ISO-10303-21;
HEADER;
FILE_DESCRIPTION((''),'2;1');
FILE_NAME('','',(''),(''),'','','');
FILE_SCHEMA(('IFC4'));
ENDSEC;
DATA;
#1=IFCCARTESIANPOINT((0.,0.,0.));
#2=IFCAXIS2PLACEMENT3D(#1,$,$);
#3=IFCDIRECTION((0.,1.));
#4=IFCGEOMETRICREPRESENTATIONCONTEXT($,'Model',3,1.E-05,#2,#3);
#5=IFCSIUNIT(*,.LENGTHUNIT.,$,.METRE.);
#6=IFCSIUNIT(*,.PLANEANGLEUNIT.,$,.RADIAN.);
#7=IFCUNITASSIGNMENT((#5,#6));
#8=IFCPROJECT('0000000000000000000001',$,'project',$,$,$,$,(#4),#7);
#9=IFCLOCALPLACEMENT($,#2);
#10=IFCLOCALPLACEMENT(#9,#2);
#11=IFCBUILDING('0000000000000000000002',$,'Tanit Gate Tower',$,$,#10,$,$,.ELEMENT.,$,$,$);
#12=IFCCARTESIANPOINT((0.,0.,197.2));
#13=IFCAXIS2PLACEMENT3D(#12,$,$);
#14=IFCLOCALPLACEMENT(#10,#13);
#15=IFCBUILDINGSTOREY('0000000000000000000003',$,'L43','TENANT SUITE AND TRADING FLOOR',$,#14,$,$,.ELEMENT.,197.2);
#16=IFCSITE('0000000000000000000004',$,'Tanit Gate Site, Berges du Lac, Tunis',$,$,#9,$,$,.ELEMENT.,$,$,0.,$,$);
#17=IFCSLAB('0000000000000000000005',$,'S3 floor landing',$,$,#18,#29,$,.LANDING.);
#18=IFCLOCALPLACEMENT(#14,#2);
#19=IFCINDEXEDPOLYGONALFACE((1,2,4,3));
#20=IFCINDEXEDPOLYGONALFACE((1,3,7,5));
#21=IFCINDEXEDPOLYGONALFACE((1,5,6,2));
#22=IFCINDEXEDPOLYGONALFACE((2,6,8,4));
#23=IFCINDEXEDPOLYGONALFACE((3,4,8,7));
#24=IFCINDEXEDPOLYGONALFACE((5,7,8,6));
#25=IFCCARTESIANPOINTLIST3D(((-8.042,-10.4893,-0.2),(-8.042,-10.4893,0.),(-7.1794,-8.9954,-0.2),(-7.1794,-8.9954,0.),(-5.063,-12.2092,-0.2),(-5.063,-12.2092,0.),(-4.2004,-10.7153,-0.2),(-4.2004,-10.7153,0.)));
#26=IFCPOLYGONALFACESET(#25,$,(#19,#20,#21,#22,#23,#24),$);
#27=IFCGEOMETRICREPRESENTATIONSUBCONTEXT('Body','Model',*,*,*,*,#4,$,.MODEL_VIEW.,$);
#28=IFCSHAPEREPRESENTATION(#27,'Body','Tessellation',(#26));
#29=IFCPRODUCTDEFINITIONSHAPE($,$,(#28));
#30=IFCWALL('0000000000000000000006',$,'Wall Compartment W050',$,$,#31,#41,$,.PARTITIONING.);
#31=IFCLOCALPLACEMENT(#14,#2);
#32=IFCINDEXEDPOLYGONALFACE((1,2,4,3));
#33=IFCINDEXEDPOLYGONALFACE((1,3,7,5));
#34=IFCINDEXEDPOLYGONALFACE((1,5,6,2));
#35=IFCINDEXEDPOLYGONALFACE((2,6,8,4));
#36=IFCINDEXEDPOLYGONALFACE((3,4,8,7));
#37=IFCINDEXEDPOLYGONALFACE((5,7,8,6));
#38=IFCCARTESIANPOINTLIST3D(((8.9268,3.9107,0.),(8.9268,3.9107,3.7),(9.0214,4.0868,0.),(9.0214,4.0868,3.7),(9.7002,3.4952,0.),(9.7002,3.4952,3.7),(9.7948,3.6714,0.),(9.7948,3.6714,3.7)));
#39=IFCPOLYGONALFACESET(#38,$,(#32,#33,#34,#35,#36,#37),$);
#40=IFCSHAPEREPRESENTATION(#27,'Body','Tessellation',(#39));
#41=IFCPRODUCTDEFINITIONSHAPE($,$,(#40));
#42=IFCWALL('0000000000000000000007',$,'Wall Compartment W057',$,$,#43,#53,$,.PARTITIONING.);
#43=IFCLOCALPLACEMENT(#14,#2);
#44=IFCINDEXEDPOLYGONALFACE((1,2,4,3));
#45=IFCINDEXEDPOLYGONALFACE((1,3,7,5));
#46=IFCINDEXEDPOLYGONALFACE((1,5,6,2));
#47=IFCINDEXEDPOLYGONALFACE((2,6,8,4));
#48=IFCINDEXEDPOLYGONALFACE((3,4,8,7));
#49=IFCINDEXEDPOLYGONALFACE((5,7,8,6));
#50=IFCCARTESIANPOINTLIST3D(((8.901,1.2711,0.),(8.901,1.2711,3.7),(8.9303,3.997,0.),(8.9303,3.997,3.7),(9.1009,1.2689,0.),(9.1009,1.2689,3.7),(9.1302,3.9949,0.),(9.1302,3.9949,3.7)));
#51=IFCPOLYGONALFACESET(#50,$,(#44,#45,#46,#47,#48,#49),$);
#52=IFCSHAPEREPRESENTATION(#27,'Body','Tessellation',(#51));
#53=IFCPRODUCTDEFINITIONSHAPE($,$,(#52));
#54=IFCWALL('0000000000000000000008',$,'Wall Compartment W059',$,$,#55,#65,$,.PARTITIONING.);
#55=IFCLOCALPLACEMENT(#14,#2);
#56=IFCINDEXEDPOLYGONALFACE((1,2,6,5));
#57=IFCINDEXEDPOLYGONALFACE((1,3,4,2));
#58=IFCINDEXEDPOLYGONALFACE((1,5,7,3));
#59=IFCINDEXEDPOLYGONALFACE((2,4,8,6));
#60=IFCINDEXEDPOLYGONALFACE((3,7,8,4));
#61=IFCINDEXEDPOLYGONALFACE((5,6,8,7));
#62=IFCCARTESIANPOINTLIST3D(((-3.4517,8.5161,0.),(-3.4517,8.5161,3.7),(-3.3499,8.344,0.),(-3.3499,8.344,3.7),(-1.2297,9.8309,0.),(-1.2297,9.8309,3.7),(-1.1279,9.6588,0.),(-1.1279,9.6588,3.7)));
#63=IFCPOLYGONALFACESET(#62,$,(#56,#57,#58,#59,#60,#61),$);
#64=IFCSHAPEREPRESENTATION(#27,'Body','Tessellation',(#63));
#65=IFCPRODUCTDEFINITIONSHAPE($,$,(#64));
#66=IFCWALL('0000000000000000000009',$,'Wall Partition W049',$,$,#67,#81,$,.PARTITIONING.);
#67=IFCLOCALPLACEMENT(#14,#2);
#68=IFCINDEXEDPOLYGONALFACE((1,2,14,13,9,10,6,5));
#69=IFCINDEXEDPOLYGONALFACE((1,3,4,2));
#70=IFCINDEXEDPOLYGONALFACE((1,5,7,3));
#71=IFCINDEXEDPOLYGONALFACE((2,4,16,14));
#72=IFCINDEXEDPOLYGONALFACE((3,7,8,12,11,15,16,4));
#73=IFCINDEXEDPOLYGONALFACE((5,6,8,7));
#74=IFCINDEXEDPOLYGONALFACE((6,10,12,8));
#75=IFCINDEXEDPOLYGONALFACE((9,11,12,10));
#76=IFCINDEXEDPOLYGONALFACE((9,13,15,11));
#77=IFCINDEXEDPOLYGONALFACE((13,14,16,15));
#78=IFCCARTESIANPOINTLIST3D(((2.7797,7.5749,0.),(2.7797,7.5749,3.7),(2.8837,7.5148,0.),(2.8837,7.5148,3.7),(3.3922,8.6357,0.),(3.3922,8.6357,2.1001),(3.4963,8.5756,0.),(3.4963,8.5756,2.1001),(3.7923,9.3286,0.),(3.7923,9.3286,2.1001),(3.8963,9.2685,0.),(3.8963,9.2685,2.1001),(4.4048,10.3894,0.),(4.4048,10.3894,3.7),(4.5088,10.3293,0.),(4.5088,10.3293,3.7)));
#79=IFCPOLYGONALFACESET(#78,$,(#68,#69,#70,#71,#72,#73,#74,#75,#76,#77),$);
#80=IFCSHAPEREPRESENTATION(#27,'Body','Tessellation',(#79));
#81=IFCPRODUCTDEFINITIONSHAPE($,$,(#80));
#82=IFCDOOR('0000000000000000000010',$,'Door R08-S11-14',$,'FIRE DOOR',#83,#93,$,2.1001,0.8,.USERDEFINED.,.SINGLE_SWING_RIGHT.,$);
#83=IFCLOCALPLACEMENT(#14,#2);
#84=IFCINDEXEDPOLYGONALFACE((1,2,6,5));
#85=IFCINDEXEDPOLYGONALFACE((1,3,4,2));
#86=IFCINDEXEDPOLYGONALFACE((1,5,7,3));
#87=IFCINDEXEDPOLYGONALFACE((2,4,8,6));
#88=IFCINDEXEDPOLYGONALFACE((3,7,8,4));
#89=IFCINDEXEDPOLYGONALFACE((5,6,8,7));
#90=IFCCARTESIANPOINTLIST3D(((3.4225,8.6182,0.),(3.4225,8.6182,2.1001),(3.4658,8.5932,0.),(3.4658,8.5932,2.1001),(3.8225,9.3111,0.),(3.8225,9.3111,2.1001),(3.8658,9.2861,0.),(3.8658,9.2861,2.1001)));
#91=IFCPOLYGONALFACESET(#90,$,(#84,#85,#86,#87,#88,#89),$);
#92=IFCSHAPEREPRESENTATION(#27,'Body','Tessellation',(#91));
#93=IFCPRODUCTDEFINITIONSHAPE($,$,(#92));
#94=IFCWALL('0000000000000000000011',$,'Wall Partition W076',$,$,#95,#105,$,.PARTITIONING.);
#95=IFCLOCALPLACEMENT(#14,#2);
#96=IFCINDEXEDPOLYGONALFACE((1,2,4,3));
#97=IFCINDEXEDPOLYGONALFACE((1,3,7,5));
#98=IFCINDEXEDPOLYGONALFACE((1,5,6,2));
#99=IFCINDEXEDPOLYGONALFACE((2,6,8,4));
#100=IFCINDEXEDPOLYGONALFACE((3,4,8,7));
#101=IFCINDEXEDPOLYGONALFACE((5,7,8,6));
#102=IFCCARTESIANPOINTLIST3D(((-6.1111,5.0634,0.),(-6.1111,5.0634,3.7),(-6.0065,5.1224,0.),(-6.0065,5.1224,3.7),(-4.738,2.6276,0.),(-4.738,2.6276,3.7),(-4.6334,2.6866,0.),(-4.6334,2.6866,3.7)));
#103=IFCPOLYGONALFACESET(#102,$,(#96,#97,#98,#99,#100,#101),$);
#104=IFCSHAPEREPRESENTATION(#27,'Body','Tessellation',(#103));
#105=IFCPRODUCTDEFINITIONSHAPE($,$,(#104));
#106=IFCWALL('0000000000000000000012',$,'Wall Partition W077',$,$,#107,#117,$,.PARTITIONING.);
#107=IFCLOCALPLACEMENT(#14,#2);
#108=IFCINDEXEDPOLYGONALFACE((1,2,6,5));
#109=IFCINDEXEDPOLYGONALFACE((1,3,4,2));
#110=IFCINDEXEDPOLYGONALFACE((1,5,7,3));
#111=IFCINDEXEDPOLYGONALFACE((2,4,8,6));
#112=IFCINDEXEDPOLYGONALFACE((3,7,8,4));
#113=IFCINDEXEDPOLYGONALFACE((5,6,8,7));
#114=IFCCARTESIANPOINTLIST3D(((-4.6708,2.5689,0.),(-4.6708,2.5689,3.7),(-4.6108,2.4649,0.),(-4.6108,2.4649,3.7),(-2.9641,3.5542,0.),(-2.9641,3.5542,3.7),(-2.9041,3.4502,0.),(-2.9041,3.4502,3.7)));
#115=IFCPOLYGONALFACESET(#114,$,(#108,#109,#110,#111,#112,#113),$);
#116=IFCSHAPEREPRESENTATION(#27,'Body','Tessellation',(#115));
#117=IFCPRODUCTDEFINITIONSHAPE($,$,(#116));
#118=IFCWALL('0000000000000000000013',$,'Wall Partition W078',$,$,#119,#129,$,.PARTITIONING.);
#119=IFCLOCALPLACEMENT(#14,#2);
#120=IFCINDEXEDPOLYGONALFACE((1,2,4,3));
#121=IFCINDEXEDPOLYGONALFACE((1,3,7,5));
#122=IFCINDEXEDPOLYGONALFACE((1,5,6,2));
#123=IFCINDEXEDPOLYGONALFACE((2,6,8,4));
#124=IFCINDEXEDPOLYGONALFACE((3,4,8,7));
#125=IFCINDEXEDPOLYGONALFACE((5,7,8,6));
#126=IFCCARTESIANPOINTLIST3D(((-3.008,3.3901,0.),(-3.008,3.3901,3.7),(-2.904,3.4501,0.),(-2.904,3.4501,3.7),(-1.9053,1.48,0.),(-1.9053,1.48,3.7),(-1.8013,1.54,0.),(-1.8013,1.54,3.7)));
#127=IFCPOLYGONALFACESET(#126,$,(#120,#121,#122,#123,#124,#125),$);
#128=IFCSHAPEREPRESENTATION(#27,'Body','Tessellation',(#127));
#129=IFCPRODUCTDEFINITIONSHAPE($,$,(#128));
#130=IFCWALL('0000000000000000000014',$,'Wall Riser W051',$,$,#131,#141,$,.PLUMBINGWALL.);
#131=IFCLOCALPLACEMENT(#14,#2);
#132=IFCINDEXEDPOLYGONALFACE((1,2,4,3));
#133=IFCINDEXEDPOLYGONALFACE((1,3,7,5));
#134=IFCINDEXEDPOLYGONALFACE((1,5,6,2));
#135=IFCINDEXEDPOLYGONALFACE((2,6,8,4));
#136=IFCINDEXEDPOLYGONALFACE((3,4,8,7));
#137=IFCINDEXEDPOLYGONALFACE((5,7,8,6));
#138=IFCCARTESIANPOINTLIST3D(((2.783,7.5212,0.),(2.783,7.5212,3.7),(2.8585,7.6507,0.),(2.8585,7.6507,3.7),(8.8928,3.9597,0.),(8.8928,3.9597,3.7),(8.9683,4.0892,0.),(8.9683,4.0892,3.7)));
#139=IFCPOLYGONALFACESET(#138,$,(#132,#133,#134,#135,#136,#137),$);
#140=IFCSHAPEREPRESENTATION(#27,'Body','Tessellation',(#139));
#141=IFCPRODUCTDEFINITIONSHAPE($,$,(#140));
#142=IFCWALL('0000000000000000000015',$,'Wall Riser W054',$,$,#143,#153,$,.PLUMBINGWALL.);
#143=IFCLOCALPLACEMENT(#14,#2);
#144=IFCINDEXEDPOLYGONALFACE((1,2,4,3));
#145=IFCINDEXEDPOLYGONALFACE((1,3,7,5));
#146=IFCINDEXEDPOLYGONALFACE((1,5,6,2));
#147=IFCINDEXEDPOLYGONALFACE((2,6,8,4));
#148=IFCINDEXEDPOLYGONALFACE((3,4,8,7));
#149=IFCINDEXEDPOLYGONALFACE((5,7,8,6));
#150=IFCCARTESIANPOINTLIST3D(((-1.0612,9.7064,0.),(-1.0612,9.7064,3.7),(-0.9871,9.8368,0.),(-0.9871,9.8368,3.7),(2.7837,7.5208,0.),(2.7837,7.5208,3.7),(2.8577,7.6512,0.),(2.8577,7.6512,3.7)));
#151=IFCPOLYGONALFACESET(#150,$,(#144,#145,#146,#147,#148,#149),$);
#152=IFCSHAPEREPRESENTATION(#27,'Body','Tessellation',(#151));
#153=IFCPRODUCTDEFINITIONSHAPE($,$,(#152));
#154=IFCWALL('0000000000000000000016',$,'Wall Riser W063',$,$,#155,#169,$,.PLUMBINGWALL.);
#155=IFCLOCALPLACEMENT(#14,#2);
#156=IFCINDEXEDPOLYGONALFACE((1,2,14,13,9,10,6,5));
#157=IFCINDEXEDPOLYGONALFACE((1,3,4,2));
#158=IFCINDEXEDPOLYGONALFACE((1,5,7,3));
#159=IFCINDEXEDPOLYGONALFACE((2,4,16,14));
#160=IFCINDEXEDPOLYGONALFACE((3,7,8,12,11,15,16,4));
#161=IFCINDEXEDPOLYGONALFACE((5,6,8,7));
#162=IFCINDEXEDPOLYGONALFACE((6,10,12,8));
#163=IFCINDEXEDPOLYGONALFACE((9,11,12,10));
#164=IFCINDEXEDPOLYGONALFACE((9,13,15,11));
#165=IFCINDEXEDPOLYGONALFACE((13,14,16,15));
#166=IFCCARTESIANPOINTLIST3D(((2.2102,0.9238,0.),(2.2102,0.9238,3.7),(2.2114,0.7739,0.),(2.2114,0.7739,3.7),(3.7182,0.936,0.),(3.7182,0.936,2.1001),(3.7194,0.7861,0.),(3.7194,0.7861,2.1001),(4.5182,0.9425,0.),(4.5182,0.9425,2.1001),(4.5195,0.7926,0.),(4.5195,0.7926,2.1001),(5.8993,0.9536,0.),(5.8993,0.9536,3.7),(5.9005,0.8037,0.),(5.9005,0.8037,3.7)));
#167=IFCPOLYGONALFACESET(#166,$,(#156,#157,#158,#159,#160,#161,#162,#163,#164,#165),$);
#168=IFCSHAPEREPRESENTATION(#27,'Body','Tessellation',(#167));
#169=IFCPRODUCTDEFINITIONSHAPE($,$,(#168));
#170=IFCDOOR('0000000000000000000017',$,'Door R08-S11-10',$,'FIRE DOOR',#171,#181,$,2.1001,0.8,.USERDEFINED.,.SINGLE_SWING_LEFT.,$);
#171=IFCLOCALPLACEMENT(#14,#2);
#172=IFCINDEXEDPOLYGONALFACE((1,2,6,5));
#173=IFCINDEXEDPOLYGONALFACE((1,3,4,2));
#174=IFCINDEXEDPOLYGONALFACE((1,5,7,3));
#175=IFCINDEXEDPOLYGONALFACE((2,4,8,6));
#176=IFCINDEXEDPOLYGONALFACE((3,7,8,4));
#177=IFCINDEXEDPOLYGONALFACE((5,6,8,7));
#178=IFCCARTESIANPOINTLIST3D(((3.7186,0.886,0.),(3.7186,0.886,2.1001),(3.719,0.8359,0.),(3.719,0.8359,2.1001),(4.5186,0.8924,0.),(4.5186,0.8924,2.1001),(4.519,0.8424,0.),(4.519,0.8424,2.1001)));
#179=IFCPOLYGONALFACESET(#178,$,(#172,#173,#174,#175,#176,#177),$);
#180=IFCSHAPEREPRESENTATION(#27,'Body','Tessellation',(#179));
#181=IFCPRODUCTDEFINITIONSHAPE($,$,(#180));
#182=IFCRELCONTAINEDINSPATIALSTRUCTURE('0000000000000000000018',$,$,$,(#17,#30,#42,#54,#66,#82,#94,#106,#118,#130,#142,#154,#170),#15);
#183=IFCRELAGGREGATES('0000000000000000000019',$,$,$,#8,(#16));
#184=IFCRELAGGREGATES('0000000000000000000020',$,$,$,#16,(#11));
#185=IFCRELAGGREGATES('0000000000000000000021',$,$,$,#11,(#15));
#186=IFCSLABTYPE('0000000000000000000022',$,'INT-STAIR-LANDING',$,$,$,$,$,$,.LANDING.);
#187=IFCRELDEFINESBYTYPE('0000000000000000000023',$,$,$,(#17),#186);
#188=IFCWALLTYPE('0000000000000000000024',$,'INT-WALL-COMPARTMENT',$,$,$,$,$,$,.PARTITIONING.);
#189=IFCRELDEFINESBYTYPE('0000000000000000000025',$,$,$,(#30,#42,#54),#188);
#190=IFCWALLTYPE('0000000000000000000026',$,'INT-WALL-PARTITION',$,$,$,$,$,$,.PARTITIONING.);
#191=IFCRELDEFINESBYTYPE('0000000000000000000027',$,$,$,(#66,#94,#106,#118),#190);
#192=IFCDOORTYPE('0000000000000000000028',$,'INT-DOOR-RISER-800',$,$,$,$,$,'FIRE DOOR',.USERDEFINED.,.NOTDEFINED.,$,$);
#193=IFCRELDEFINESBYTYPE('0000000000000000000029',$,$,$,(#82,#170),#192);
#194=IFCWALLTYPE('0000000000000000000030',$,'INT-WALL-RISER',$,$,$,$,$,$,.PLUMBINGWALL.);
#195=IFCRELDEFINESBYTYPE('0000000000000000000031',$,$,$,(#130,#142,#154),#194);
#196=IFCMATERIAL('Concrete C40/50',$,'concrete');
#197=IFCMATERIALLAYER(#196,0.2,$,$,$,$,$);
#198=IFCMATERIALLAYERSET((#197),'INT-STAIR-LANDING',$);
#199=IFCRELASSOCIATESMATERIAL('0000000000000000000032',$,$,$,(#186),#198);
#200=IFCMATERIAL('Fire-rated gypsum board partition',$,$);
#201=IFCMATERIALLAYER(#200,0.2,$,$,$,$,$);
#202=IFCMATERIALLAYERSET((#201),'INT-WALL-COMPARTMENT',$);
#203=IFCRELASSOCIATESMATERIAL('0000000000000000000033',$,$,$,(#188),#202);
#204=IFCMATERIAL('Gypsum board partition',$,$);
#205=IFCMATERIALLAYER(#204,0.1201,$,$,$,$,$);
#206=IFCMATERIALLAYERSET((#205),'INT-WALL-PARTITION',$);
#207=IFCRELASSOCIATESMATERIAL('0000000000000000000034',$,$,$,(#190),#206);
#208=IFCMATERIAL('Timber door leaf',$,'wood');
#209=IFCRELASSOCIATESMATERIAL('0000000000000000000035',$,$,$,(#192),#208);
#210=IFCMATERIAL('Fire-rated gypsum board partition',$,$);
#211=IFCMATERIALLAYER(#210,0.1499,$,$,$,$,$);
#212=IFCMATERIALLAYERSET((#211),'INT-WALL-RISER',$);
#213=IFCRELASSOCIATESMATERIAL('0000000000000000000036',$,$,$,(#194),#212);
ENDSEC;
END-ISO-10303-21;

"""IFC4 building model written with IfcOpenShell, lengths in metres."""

from ifc_helpers import new_model, si_unit, direction, frame, frame_2d, origin, place, context, subcontext, project, spatial, polyline, rectangle, outline, extrude, material, layer, layer_set, type_object, element, fill, save


model = new_model("IFC4")

# Units and contexts
model_context = context("Model", 3, precision=1e-05, world=origin(), true_north=direction((0.0, 1.0)))
body_context = subcontext(model_context, "Body", "Model", "MODEL_VIEW")
ifc_project = project(units=[si_unit("LENGTHUNIT", "METRE"), si_unit("PLANEANGLEUNIT", "RADIAN")], contexts=[model_context])

# Site, building, storey
site_placement = place(None, origin())
site = spatial("IfcSite", under=ifc_project, at=site_placement, Name="Tanit Gate Site, Berges du Lac, Tunis", CompositionType="ELEMENT", RefElevation=0.0)
building_placement = place(site_placement, origin())
building = spatial("IfcBuilding", under=site, at=building_placement, Name="Tanit Gate Tower", CompositionType="ELEMENT")
storey_placement = place(building_placement, frame((0.0, 0.0, 197.2)))
storey = spatial("IfcBuildingStorey", under=building, at=storey_placement, Name="L43", Description="TENANT SUITE AND TRADING FLOOR", CompositionType="ELEMENT", Elevation=197.2)

# Slab
ifc_material_1 = material(Name="Concrete C40/50", Category="concrete")
ifc_layer_1 = layer(ifc_material_1, 0.2)
ifc_layer_set_1 = layer_set([ifc_layer_1], Name="INT-STAIR-LANDING")
slab_type = type_object("IfcSlabType", Name="INT-STAIR-LANDING", PredefinedType="LANDING", material=ifc_layer_set_1)
slab_placement = place(storey_placement, frame((0.0, 0.0, -0.2)))
element("IfcSlab", 1, at=slab_placement, inside=storey, type_object=slab_type, Name="S3 floor landing", PredefinedType="LANDING", context=body_context, shape_type="SweptSolid", body=[
    extrude(outline(polyline([(-7.1794, -8.9954), (-8.042, -10.4893), (-5.063, -12.2092), (-4.2004, -10.7153), (-7.1794, -8.9954)])), origin(), (0.0, 0.0, 1.0), 0.2),
])

# Walls
ifc_material_2 = material(Name="Fire-rated gypsum board partition")
ifc_layer_2 = layer(ifc_material_2, 0.2)
ifc_layer_set_2 = layer_set([ifc_layer_2], Name="INT-WALL-COMPARTMENT")
wall_type_1 = type_object("IfcWallType", Name="INT-WALL-COMPARTMENT", PredefinedType="PARTITIONING", material=ifc_layer_set_2)
wall_1_placement = place(storey_placement, frame((8.9741, 3.9988, 0.0), z_axis=(0.0, 0.0, 1.0), x_axis=(0.880917, -0.473271, 0.0)))
element("IfcWall", 2, at=wall_1_placement, inside=storey, type_object=wall_type_1, Name="Wall Compartment W050", PredefinedType="PARTITIONING", context=body_context, shape_type="SweptSolid", body=[
    extrude(rectangle(XDim=0.8779, YDim=0.2, at=frame_2d((0.439, 0.0))), origin(), (0.0, 0.0, 1.0), 3.7),
])
wall_2_placement = place(storey_placement, frame((9.001, 1.27, 0.0), z_axis=(0.0, 0.0, 1.0), x_axis=(0.010747, 0.999942, 0.0)))
element("IfcWall", 3, at=wall_2_placement, inside=storey, type_object=wall_type_1, Name="Wall Compartment W057", PredefinedType="PARTITIONING", context=body_context, shape_type="SweptSolid", body=[
    extrude(rectangle(XDim=2.7261, YDim=0.2, at=frame_2d((1.363, 0.0))), origin(), (0.0, 0.0, 1.0), 3.7),
])
wall_3_placement = place(storey_placement, frame((-1.1787, 9.7449, 0.0), z_axis=(0.0, 0.0, 1.0), x_axis=(-0.860631, -0.509229, 0.0)))
element("IfcWall", 4, at=wall_3_placement, inside=storey, type_object=wall_type_1, Name="Wall Compartment W059", PredefinedType="PARTITIONING", context=body_context, shape_type="SweptSolid", body=[
    extrude(rectangle(XDim=2.5818, YDim=0.2, at=frame_2d((1.291, 0.0))), origin(), (0.0, 0.0, 1.0), 3.7),
])

# Wall, opening, door
ifc_material_3 = material(Name="Gypsum board partition")
ifc_layer_3 = layer(ifc_material_3, 0.1201)
ifc_layer_set_3 = layer_set([ifc_layer_3], Name="INT-WALL-PARTITION")
wall_type_2 = type_object("IfcWallType", Name="INT-WALL-PARTITION", PredefinedType="PARTITIONING", material=ifc_layer_set_3)
wall_4_placement = place(storey_placement, frame((4.4568, 10.3594, 0.0), z_axis=(0.0, 0.0, 1.0), x_axis=(-0.500017, -0.866015, 0.0)))
wall_4 = element("IfcWall", 5, at=wall_4_placement, inside=storey, type_object=wall_type_2, Name="Wall Partition W049", PredefinedType="PARTITIONING", context=body_context, shape_type="SweptSolid", body=[
    extrude(rectangle(XDim=3.25, YDim=0.1201, at=frame_2d((1.625, 0.0))), origin(), (0.0, 0.0, 1.0), 3.7),
])
opening_1_placement = place(wall_4_placement, frame((1.2251, 0.0, 0.0)))
opening_1 = element("IfcOpeningElement", 6, at=opening_1_placement, cuts=wall_4, PredefinedType="OPENING", context=body_context, shape_type="SweptSolid", body=[
    extrude(rectangle(XDim=0.8, YDim=2.1001, at=frame_2d((0.3999, 1.05))), frame((0.0, 0.0701, 0.0), z_axis=(0.0, -1.0, 0.0), x_axis=(1.0, 0.0, 0.0)), (0.0, 0.0, 1.0), 0.1401),
])
ifc_material_4 = material(Name="Timber door leaf", Category="wood")
door_type_1 = type_object("IfcDoorType", Name="INT-DOOR-RISER-800", ElementType="FIRE DOOR", OperationType="NOTDEFINED", PredefinedType="USERDEFINED", material=ifc_material_4)
door_1_placement = place(opening_1_placement, origin())
door_1 = element("IfcDoor", 7, at=door_1_placement, inside=storey, type_object=door_type_1, Name="Door R08-S11-14", ObjectType="FIRE DOOR", OperationType="SINGLE_SWING_RIGHT", OverallHeight=2.1001, OverallWidth=0.8, PredefinedType="USERDEFINED", context=body_context, shape_type="SweptSolid", body=[
    extrude(rectangle(XDim=0.8, YDim=2.1001, at=frame_2d((0.3999, 1.05))), frame((0.0, 0.0249, 0.0), z_axis=(0.0, -1.0, 0.0), x_axis=(1.0, 0.0, 0.0)), (0.0, 0.0, 1.0), 0.05),
])
fill(opening_1, door_1)

# Walls
wall_5_placement = place(storey_placement, frame((-4.6858, 2.6572, 0.0), z_axis=(0.0, 0.0, 1.0), x_axis=(-0.491053, 0.87113, 0.0)))
element("IfcWall", 8, at=wall_5_placement, inside=storey, type_object=wall_type_2, Name="Wall Partition W076", PredefinedType="PARTITIONING", context=body_context, shape_type="SweptSolid", body=[
    extrude(rectangle(XDim=2.7961, YDim=0.1201, at=frame_2d((1.3979, 0.0))), origin(), (0.0, 0.0, 1.0), 3.7),
])
wall_6_placement = place(storey_placement, frame((-2.9341, 3.5022, 0.0), z_axis=(0.0, 0.0, 1.0), x_axis=(-0.866039, -0.499976, 0.0)))
element("IfcWall", 9, at=wall_6_placement, inside=storey, type_object=wall_type_2, Name="Wall Partition W077", PredefinedType="PARTITIONING", context=body_context, shape_type="SweptSolid", body=[
    extrude(rectangle(XDim=1.9707, YDim=0.1201, at=frame_2d((0.9854, 0.0))), origin(), (0.0, 0.0, 1.0), 3.7),
])
wall_7_placement = place(storey_placement, frame((-1.8533, 1.51, 0.0), z_axis=(0.0, 0.0, 1.0), x_axis=(-0.499984, 0.866034, 0.0)))
element("IfcWall", 10, at=wall_7_placement, inside=storey, type_object=wall_type_2, Name="Wall Partition W078", PredefinedType="PARTITIONING", context=body_context, shape_type="SweptSolid", body=[
    extrude(rectangle(XDim=2.2056, YDim=0.1201, at=frame_2d((1.1028, 0.0))), origin(), (0.0, 0.0, 1.0), 3.7),
])
ifc_material_5 = material(Name="Fire-rated gypsum board partition")
ifc_layer_4 = layer(ifc_material_5, 0.1499)
ifc_layer_set_4 = layer_set([ifc_layer_4], Name="INT-WALL-RISER")
wall_type_3 = type_object("IfcWallType", Name="INT-WALL-RISER", PredefinedType="PLUMBINGWALL", material=ifc_layer_set_4)
wall_8_placement = place(storey_placement, frame((8.9307, 4.0244, 0.0), z_axis=(0.0, 0.0, 1.0), x_axis=(-0.863937, 0.503601, 0.0)))
element("IfcWall", 11, at=wall_8_placement, inside=storey, type_object=wall_type_3, Name="Wall Riser W051", PredefinedType="PLUMBINGWALL", context=body_context, shape_type="SweptSolid", body=[
    extrude(rectangle(XDim=7.072, YDim=0.1499, at=frame_2d((3.5361, 0.0))), origin(), (0.0, 0.0, 1.0), 3.7),
])
wall_9_placement = place(storey_placement, frame((2.8208, 7.5859, 0.0), z_axis=(0.0, 0.0, 1.0), x_axis=(-0.869355, 0.494188, 0.0)))
element("IfcWall", 12, at=wall_9_placement, inside=storey, type_object=wall_type_3, Name="Wall Riser W054", PredefinedType="PLUMBINGWALL", context=body_context, shape_type="SweptSolid", body=[
    extrude(rectangle(XDim=4.4226, YDim=0.1499, at=frame_2d((2.2114, 0.0))), origin(), (0.0, 0.0, 1.0), 3.7),
])

# Wall, opening, door
wall_10_placement = place(storey_placement, frame((2.2107, 0.8489, 0.0), z_axis=(0.0, 0.0, 1.0), x_axis=(0.999967, 0.008073, 0.0)))
wall_10 = element("IfcWall", 13, at=wall_10_placement, inside=storey, type_object=wall_type_3, Name="Wall Riser W063", PredefinedType="PLUMBINGWALL", context=body_context, shape_type="SweptSolid", body=[
    extrude(rectangle(XDim=3.6892, YDim=0.1499, at=frame_2d((1.8447, 0.0))), origin(), (0.0, 0.0, 1.0), 3.7),
])
opening_2_placement = place(wall_10_placement, frame((1.5083, 0.0, 0.0)))
opening_2 = element("IfcOpeningElement", 14, at=opening_2_placement, cuts=wall_10, PredefinedType="OPENING", context=body_context, shape_type="SweptSolid", body=[
    extrude(rectangle(XDim=0.8, YDim=2.1001, at=frame_2d((0.3999, 1.05))), frame((0.0, 0.085, 0.0), z_axis=(0.0, -1.0, 0.0), x_axis=(1.0, 0.0, 0.0)), (0.0, 0.0, 1.0), 0.1699),
])
door_2_placement = place(opening_2_placement, origin())
door_2 = element("IfcDoor", 15, at=door_2_placement, inside=storey, type_object=door_type_1, Name="Door R08-S11-10", ObjectType="FIRE DOOR", OperationType="SINGLE_SWING_LEFT", OverallHeight=2.1001, OverallWidth=0.8, PredefinedType="USERDEFINED", context=body_context, shape_type="SweptSolid", body=[
    extrude(rectangle(XDim=0.8, YDim=2.1001, at=frame_2d((0.3999, 1.05))), frame((0.0, 0.0249, 0.0), z_axis=(0.0, -1.0, 0.0), x_axis=(1.0, 0.0, 0.0)), (0.0, 0.0, 1.0), 0.05),
])
fill(opening_2, door_2)

save(model, "model.ifc")
